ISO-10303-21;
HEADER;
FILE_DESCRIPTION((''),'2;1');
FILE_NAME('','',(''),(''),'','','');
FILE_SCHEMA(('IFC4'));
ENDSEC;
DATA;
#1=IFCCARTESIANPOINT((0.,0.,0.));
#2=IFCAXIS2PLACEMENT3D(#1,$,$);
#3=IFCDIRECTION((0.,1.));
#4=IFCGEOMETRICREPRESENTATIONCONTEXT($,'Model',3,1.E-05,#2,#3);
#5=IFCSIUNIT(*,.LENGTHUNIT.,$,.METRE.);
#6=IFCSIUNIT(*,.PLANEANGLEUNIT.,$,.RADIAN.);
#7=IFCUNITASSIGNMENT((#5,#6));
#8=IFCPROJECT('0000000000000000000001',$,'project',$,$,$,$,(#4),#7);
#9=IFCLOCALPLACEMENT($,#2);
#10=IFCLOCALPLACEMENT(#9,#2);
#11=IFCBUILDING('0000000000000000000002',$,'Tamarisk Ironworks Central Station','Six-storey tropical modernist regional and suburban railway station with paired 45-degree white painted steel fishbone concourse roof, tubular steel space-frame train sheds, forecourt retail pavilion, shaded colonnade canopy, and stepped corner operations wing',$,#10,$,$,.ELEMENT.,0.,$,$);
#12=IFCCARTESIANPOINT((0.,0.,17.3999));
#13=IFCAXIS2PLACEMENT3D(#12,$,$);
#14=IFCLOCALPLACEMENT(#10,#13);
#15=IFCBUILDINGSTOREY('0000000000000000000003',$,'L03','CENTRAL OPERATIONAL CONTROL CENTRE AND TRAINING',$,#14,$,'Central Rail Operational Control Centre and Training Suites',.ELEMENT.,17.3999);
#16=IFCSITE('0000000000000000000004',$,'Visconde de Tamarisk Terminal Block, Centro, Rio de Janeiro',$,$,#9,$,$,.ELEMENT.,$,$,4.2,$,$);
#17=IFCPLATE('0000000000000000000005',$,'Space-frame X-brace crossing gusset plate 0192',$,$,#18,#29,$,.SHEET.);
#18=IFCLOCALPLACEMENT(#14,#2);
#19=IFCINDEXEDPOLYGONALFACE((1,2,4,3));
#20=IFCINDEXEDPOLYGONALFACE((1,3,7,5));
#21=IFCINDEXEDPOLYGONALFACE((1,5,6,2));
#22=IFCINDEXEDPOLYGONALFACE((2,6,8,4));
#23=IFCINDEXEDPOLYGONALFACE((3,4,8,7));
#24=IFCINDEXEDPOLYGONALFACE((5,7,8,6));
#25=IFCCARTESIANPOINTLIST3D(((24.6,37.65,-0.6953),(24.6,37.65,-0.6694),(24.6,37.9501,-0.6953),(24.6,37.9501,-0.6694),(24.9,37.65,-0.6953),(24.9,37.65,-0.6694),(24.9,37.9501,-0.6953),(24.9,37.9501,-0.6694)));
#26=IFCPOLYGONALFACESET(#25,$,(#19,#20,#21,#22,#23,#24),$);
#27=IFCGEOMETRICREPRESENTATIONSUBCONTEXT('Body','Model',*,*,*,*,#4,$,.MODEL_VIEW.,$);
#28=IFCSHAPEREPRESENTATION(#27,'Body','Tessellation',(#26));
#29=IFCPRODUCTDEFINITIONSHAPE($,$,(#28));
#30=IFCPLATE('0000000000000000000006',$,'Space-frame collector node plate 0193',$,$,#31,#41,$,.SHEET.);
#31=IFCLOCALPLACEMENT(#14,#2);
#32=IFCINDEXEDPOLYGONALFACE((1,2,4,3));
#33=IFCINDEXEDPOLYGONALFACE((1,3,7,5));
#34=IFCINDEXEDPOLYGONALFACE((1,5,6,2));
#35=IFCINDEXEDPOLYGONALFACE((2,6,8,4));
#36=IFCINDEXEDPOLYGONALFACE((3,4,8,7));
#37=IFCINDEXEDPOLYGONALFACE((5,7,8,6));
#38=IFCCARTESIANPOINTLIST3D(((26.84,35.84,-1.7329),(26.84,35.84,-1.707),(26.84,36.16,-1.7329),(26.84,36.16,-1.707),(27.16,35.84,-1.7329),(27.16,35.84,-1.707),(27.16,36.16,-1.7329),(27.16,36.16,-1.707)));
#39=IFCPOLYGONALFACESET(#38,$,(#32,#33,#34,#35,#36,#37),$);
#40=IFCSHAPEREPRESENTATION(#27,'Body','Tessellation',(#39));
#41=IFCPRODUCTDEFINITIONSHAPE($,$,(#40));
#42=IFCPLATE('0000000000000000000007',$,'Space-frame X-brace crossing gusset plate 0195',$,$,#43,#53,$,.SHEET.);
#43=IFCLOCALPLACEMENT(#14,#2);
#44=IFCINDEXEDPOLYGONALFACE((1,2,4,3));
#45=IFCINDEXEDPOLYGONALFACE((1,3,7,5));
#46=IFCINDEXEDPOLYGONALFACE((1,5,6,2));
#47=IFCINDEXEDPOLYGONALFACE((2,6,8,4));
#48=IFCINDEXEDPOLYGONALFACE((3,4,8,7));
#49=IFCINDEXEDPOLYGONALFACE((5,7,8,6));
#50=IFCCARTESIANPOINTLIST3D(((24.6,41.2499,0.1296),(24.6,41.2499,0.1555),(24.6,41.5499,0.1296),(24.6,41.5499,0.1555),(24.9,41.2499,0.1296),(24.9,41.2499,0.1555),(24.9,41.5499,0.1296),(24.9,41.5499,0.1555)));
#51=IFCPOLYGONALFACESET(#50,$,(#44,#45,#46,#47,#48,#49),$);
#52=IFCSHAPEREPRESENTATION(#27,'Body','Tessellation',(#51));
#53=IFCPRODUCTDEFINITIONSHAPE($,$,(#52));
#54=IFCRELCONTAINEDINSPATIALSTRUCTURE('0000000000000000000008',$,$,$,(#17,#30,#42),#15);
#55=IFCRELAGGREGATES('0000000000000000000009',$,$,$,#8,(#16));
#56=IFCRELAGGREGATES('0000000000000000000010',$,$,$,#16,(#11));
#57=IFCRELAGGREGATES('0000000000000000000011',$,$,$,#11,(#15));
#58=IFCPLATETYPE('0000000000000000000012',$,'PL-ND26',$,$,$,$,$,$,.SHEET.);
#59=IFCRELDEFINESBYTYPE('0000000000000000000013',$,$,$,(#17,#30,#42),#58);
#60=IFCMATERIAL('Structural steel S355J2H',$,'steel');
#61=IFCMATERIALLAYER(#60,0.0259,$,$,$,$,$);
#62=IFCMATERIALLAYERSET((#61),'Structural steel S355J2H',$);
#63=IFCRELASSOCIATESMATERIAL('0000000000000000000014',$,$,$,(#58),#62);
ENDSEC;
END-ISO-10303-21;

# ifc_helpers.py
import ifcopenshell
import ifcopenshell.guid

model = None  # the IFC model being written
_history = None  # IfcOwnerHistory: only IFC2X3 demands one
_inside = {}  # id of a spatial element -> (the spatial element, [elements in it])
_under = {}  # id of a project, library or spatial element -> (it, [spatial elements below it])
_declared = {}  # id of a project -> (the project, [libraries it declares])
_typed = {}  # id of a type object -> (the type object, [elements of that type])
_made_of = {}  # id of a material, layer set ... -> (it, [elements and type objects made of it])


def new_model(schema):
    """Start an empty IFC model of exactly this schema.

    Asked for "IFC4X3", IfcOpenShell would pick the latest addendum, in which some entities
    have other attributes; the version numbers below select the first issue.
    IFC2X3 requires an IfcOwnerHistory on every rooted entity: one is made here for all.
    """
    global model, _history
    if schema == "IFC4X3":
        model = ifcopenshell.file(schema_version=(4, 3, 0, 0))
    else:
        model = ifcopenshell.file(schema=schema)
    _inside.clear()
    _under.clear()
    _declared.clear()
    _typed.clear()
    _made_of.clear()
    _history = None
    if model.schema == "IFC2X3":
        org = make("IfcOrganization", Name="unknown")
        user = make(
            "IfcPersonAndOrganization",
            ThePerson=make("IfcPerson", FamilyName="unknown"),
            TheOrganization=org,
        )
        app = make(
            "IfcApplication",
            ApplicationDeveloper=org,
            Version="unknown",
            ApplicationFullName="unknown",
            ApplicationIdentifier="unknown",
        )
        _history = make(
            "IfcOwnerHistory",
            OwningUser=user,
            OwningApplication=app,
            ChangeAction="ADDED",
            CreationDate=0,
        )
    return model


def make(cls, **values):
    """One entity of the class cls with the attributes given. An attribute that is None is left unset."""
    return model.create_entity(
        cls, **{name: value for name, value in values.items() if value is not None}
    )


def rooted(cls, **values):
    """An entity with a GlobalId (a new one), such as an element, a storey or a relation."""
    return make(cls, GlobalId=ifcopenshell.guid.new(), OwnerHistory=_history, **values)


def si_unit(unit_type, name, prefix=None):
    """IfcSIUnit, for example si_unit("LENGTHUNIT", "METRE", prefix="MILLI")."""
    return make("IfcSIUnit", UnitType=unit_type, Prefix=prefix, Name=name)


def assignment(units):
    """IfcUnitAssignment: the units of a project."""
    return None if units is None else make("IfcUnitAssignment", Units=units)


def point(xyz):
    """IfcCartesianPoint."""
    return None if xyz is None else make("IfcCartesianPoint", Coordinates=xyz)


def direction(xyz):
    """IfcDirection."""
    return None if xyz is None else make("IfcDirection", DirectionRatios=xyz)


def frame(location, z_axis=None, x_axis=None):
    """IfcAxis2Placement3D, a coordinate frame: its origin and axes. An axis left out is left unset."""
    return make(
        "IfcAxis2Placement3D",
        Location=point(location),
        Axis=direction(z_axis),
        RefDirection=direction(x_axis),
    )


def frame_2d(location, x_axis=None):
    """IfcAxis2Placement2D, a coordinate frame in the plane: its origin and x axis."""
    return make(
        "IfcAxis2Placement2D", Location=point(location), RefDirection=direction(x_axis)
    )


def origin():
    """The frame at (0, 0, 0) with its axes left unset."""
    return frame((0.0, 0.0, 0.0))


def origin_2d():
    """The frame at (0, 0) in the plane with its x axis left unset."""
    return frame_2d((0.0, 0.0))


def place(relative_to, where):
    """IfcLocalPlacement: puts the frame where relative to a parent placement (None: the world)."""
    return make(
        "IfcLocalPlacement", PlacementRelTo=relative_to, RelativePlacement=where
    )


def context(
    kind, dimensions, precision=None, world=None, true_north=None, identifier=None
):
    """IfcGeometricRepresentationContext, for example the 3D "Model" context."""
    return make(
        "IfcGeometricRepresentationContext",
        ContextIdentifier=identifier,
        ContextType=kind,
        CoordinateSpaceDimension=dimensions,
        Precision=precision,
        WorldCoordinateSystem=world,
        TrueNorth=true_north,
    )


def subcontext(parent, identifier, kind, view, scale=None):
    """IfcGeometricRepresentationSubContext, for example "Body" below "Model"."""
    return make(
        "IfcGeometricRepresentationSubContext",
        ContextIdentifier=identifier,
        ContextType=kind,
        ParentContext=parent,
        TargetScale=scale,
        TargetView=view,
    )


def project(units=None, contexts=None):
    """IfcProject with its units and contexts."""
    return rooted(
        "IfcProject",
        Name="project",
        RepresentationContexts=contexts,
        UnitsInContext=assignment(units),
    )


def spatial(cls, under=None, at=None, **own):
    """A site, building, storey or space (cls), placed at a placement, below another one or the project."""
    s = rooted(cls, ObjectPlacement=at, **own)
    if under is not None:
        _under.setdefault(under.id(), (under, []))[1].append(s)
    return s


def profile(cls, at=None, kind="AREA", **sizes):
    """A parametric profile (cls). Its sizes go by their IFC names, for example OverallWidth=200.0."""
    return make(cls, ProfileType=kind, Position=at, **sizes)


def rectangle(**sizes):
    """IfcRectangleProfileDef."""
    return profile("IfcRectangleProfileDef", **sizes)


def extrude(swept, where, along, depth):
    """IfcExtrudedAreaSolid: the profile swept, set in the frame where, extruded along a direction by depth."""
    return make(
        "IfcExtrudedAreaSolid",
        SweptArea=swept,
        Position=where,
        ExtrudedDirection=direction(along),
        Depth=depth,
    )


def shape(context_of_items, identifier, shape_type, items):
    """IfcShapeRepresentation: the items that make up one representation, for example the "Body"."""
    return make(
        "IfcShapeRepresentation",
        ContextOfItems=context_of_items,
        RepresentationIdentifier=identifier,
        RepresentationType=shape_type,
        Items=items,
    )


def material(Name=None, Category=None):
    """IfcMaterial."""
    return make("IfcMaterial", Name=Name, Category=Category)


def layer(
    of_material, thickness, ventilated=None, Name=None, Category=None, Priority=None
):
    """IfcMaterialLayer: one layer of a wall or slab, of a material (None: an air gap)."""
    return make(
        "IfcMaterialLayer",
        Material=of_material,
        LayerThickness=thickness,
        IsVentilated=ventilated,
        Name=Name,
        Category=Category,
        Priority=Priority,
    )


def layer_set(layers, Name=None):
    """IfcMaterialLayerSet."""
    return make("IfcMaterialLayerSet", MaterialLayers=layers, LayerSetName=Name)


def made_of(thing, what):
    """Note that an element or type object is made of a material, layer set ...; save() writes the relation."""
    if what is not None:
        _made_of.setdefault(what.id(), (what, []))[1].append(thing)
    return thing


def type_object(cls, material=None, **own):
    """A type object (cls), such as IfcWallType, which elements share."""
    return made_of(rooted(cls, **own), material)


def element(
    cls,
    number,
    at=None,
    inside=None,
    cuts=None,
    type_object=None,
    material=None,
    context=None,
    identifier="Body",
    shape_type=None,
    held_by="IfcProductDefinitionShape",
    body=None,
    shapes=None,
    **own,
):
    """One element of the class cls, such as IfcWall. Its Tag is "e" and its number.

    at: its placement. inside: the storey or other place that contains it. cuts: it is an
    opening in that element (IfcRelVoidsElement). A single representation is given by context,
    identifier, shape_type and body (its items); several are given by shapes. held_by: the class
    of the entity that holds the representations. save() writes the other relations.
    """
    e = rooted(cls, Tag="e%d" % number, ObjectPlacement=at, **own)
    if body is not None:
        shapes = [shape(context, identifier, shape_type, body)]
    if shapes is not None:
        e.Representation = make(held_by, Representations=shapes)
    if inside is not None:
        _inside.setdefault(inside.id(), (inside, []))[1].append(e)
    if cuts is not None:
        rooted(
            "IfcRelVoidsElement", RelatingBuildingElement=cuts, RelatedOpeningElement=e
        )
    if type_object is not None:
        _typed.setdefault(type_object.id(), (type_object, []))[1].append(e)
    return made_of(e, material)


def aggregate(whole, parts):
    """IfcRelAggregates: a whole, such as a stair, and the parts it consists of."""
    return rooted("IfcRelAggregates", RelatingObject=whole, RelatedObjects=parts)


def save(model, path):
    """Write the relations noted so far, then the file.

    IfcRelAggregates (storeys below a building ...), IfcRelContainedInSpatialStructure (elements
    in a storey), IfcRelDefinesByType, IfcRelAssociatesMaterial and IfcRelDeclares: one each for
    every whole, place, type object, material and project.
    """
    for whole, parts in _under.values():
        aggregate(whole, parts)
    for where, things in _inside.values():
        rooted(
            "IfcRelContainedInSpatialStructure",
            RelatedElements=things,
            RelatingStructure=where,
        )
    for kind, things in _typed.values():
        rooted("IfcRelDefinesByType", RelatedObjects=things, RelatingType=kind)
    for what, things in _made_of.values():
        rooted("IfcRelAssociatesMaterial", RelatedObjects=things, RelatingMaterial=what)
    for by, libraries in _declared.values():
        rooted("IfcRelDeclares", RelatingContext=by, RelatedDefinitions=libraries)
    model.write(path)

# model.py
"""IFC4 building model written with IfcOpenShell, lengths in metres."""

from ifc_helpers import new_model, si_unit, direction, frame, origin, origin_2d, place, context, subcontext, project, spatial, rectangle, extrude, material, layer, layer_set, type_object, element, save


model = new_model("IFC4")

# Units and contexts
model_context = context("Model", 3, precision=1e-05, world=origin(), true_north=direction((0.0, 1.0)))
body_context = subcontext(model_context, "Body", "Model", "MODEL_VIEW")
ifc_project = project(units=[si_unit("LENGTHUNIT", "METRE"), si_unit("PLANEANGLEUNIT", "RADIAN")], contexts=[model_context])

# Site, building, storey
site_placement = place(None, origin())
site = spatial("IfcSite", under=ifc_project, at=site_placement, Name="Visconde de Tamarisk Terminal Block, Centro, Rio de Janeiro", CompositionType="ELEMENT", RefElevation=4.2)
building_placement = place(site_placement, origin())
building = spatial("IfcBuilding", under=site, at=building_placement, Name="Tamarisk Ironworks Central Station", Description="Six-storey tropical modernist regional and suburban railway station with paired 45-degree white painted steel fishbone concourse roof, tubular steel space-frame train sheds, forecourt retail pavilion, shaded colonnade canopy, and stepped corner operations wing", CompositionType="ELEMENT", ElevationOfRefHeight=0.0)
storey_placement = place(building_placement, frame((0.0, 0.0, 17.3999)))
storey = spatial("IfcBuildingStorey", under=building, at=storey_placement, Name="L03", Description="CENTRAL OPERATIONAL CONTROL CENTRE AND TRAINING", LongName="Central Rail Operational Control Centre and Training Suites", CompositionType="ELEMENT", Elevation=17.3999)

# Shared definitions
ifc_material_1 = material(Name="Structural steel S355J2H", Category="steel")

# Plates
ifc_layer = layer(ifc_material_1, 0.0259)
ifc_layer_set = layer_set([ifc_layer], Name="Structural steel S355J2H")
plate_type = type_object("IfcPlateType", Name="PL-ND26", PredefinedType="SHEET", material=ifc_layer_set)
plate_1_placement = place(storey_placement, frame((24.75, 37.8, -0.6953), z_axis=(0.0, 0.0, 1.0), x_axis=(1.0, 0.0, 0.0)))
element("IfcPlate", 1, at=plate_1_placement, inside=storey, type_object=plate_type, Name="Space-frame X-brace crossing gusset plate 0192", PredefinedType="SHEET", context=body_context, shape_type="SweptSolid", body=[
    extrude(rectangle(XDim=0.3, YDim=0.3, at=origin_2d()), origin(), (0.0, 0.0, 1.0), 0.0259),
])
plate_2_placement = place(storey_placement, frame((27.0, 36.0, -1.7329), z_axis=(0.0, 0.0, 1.0), x_axis=(1.0, 0.0, 0.0)))
element("IfcPlate", 2, at=plate_2_placement, inside=storey, type_object=plate_type, Name="Space-frame collector node plate 0193", PredefinedType="SHEET", context=body_context, shape_type="SweptSolid", body=[
    extrude(rectangle(XDim=0.3201, YDim=0.3201, at=origin_2d()), origin(), (0.0, 0.0, 1.0), 0.0259),
])
plate_3_placement = place(storey_placement, frame((24.75, 41.3999, 0.1296), z_axis=(0.0, 0.0, 1.0), x_axis=(1.0, 0.0, 0.0)))
element("IfcPlate", 3, at=plate_3_placement, inside=storey, type_object=plate_type, Name="Space-frame X-brace crossing gusset plate 0195", PredefinedType="SHEET", context=body_context, shape_type="SweptSolid", body=[
    extrude(rectangle(XDim=0.3, YDim=0.3, at=origin_2d()), origin(), (0.0, 0.0, 1.0), 0.0259),
])

save(model, "model.ifc")
